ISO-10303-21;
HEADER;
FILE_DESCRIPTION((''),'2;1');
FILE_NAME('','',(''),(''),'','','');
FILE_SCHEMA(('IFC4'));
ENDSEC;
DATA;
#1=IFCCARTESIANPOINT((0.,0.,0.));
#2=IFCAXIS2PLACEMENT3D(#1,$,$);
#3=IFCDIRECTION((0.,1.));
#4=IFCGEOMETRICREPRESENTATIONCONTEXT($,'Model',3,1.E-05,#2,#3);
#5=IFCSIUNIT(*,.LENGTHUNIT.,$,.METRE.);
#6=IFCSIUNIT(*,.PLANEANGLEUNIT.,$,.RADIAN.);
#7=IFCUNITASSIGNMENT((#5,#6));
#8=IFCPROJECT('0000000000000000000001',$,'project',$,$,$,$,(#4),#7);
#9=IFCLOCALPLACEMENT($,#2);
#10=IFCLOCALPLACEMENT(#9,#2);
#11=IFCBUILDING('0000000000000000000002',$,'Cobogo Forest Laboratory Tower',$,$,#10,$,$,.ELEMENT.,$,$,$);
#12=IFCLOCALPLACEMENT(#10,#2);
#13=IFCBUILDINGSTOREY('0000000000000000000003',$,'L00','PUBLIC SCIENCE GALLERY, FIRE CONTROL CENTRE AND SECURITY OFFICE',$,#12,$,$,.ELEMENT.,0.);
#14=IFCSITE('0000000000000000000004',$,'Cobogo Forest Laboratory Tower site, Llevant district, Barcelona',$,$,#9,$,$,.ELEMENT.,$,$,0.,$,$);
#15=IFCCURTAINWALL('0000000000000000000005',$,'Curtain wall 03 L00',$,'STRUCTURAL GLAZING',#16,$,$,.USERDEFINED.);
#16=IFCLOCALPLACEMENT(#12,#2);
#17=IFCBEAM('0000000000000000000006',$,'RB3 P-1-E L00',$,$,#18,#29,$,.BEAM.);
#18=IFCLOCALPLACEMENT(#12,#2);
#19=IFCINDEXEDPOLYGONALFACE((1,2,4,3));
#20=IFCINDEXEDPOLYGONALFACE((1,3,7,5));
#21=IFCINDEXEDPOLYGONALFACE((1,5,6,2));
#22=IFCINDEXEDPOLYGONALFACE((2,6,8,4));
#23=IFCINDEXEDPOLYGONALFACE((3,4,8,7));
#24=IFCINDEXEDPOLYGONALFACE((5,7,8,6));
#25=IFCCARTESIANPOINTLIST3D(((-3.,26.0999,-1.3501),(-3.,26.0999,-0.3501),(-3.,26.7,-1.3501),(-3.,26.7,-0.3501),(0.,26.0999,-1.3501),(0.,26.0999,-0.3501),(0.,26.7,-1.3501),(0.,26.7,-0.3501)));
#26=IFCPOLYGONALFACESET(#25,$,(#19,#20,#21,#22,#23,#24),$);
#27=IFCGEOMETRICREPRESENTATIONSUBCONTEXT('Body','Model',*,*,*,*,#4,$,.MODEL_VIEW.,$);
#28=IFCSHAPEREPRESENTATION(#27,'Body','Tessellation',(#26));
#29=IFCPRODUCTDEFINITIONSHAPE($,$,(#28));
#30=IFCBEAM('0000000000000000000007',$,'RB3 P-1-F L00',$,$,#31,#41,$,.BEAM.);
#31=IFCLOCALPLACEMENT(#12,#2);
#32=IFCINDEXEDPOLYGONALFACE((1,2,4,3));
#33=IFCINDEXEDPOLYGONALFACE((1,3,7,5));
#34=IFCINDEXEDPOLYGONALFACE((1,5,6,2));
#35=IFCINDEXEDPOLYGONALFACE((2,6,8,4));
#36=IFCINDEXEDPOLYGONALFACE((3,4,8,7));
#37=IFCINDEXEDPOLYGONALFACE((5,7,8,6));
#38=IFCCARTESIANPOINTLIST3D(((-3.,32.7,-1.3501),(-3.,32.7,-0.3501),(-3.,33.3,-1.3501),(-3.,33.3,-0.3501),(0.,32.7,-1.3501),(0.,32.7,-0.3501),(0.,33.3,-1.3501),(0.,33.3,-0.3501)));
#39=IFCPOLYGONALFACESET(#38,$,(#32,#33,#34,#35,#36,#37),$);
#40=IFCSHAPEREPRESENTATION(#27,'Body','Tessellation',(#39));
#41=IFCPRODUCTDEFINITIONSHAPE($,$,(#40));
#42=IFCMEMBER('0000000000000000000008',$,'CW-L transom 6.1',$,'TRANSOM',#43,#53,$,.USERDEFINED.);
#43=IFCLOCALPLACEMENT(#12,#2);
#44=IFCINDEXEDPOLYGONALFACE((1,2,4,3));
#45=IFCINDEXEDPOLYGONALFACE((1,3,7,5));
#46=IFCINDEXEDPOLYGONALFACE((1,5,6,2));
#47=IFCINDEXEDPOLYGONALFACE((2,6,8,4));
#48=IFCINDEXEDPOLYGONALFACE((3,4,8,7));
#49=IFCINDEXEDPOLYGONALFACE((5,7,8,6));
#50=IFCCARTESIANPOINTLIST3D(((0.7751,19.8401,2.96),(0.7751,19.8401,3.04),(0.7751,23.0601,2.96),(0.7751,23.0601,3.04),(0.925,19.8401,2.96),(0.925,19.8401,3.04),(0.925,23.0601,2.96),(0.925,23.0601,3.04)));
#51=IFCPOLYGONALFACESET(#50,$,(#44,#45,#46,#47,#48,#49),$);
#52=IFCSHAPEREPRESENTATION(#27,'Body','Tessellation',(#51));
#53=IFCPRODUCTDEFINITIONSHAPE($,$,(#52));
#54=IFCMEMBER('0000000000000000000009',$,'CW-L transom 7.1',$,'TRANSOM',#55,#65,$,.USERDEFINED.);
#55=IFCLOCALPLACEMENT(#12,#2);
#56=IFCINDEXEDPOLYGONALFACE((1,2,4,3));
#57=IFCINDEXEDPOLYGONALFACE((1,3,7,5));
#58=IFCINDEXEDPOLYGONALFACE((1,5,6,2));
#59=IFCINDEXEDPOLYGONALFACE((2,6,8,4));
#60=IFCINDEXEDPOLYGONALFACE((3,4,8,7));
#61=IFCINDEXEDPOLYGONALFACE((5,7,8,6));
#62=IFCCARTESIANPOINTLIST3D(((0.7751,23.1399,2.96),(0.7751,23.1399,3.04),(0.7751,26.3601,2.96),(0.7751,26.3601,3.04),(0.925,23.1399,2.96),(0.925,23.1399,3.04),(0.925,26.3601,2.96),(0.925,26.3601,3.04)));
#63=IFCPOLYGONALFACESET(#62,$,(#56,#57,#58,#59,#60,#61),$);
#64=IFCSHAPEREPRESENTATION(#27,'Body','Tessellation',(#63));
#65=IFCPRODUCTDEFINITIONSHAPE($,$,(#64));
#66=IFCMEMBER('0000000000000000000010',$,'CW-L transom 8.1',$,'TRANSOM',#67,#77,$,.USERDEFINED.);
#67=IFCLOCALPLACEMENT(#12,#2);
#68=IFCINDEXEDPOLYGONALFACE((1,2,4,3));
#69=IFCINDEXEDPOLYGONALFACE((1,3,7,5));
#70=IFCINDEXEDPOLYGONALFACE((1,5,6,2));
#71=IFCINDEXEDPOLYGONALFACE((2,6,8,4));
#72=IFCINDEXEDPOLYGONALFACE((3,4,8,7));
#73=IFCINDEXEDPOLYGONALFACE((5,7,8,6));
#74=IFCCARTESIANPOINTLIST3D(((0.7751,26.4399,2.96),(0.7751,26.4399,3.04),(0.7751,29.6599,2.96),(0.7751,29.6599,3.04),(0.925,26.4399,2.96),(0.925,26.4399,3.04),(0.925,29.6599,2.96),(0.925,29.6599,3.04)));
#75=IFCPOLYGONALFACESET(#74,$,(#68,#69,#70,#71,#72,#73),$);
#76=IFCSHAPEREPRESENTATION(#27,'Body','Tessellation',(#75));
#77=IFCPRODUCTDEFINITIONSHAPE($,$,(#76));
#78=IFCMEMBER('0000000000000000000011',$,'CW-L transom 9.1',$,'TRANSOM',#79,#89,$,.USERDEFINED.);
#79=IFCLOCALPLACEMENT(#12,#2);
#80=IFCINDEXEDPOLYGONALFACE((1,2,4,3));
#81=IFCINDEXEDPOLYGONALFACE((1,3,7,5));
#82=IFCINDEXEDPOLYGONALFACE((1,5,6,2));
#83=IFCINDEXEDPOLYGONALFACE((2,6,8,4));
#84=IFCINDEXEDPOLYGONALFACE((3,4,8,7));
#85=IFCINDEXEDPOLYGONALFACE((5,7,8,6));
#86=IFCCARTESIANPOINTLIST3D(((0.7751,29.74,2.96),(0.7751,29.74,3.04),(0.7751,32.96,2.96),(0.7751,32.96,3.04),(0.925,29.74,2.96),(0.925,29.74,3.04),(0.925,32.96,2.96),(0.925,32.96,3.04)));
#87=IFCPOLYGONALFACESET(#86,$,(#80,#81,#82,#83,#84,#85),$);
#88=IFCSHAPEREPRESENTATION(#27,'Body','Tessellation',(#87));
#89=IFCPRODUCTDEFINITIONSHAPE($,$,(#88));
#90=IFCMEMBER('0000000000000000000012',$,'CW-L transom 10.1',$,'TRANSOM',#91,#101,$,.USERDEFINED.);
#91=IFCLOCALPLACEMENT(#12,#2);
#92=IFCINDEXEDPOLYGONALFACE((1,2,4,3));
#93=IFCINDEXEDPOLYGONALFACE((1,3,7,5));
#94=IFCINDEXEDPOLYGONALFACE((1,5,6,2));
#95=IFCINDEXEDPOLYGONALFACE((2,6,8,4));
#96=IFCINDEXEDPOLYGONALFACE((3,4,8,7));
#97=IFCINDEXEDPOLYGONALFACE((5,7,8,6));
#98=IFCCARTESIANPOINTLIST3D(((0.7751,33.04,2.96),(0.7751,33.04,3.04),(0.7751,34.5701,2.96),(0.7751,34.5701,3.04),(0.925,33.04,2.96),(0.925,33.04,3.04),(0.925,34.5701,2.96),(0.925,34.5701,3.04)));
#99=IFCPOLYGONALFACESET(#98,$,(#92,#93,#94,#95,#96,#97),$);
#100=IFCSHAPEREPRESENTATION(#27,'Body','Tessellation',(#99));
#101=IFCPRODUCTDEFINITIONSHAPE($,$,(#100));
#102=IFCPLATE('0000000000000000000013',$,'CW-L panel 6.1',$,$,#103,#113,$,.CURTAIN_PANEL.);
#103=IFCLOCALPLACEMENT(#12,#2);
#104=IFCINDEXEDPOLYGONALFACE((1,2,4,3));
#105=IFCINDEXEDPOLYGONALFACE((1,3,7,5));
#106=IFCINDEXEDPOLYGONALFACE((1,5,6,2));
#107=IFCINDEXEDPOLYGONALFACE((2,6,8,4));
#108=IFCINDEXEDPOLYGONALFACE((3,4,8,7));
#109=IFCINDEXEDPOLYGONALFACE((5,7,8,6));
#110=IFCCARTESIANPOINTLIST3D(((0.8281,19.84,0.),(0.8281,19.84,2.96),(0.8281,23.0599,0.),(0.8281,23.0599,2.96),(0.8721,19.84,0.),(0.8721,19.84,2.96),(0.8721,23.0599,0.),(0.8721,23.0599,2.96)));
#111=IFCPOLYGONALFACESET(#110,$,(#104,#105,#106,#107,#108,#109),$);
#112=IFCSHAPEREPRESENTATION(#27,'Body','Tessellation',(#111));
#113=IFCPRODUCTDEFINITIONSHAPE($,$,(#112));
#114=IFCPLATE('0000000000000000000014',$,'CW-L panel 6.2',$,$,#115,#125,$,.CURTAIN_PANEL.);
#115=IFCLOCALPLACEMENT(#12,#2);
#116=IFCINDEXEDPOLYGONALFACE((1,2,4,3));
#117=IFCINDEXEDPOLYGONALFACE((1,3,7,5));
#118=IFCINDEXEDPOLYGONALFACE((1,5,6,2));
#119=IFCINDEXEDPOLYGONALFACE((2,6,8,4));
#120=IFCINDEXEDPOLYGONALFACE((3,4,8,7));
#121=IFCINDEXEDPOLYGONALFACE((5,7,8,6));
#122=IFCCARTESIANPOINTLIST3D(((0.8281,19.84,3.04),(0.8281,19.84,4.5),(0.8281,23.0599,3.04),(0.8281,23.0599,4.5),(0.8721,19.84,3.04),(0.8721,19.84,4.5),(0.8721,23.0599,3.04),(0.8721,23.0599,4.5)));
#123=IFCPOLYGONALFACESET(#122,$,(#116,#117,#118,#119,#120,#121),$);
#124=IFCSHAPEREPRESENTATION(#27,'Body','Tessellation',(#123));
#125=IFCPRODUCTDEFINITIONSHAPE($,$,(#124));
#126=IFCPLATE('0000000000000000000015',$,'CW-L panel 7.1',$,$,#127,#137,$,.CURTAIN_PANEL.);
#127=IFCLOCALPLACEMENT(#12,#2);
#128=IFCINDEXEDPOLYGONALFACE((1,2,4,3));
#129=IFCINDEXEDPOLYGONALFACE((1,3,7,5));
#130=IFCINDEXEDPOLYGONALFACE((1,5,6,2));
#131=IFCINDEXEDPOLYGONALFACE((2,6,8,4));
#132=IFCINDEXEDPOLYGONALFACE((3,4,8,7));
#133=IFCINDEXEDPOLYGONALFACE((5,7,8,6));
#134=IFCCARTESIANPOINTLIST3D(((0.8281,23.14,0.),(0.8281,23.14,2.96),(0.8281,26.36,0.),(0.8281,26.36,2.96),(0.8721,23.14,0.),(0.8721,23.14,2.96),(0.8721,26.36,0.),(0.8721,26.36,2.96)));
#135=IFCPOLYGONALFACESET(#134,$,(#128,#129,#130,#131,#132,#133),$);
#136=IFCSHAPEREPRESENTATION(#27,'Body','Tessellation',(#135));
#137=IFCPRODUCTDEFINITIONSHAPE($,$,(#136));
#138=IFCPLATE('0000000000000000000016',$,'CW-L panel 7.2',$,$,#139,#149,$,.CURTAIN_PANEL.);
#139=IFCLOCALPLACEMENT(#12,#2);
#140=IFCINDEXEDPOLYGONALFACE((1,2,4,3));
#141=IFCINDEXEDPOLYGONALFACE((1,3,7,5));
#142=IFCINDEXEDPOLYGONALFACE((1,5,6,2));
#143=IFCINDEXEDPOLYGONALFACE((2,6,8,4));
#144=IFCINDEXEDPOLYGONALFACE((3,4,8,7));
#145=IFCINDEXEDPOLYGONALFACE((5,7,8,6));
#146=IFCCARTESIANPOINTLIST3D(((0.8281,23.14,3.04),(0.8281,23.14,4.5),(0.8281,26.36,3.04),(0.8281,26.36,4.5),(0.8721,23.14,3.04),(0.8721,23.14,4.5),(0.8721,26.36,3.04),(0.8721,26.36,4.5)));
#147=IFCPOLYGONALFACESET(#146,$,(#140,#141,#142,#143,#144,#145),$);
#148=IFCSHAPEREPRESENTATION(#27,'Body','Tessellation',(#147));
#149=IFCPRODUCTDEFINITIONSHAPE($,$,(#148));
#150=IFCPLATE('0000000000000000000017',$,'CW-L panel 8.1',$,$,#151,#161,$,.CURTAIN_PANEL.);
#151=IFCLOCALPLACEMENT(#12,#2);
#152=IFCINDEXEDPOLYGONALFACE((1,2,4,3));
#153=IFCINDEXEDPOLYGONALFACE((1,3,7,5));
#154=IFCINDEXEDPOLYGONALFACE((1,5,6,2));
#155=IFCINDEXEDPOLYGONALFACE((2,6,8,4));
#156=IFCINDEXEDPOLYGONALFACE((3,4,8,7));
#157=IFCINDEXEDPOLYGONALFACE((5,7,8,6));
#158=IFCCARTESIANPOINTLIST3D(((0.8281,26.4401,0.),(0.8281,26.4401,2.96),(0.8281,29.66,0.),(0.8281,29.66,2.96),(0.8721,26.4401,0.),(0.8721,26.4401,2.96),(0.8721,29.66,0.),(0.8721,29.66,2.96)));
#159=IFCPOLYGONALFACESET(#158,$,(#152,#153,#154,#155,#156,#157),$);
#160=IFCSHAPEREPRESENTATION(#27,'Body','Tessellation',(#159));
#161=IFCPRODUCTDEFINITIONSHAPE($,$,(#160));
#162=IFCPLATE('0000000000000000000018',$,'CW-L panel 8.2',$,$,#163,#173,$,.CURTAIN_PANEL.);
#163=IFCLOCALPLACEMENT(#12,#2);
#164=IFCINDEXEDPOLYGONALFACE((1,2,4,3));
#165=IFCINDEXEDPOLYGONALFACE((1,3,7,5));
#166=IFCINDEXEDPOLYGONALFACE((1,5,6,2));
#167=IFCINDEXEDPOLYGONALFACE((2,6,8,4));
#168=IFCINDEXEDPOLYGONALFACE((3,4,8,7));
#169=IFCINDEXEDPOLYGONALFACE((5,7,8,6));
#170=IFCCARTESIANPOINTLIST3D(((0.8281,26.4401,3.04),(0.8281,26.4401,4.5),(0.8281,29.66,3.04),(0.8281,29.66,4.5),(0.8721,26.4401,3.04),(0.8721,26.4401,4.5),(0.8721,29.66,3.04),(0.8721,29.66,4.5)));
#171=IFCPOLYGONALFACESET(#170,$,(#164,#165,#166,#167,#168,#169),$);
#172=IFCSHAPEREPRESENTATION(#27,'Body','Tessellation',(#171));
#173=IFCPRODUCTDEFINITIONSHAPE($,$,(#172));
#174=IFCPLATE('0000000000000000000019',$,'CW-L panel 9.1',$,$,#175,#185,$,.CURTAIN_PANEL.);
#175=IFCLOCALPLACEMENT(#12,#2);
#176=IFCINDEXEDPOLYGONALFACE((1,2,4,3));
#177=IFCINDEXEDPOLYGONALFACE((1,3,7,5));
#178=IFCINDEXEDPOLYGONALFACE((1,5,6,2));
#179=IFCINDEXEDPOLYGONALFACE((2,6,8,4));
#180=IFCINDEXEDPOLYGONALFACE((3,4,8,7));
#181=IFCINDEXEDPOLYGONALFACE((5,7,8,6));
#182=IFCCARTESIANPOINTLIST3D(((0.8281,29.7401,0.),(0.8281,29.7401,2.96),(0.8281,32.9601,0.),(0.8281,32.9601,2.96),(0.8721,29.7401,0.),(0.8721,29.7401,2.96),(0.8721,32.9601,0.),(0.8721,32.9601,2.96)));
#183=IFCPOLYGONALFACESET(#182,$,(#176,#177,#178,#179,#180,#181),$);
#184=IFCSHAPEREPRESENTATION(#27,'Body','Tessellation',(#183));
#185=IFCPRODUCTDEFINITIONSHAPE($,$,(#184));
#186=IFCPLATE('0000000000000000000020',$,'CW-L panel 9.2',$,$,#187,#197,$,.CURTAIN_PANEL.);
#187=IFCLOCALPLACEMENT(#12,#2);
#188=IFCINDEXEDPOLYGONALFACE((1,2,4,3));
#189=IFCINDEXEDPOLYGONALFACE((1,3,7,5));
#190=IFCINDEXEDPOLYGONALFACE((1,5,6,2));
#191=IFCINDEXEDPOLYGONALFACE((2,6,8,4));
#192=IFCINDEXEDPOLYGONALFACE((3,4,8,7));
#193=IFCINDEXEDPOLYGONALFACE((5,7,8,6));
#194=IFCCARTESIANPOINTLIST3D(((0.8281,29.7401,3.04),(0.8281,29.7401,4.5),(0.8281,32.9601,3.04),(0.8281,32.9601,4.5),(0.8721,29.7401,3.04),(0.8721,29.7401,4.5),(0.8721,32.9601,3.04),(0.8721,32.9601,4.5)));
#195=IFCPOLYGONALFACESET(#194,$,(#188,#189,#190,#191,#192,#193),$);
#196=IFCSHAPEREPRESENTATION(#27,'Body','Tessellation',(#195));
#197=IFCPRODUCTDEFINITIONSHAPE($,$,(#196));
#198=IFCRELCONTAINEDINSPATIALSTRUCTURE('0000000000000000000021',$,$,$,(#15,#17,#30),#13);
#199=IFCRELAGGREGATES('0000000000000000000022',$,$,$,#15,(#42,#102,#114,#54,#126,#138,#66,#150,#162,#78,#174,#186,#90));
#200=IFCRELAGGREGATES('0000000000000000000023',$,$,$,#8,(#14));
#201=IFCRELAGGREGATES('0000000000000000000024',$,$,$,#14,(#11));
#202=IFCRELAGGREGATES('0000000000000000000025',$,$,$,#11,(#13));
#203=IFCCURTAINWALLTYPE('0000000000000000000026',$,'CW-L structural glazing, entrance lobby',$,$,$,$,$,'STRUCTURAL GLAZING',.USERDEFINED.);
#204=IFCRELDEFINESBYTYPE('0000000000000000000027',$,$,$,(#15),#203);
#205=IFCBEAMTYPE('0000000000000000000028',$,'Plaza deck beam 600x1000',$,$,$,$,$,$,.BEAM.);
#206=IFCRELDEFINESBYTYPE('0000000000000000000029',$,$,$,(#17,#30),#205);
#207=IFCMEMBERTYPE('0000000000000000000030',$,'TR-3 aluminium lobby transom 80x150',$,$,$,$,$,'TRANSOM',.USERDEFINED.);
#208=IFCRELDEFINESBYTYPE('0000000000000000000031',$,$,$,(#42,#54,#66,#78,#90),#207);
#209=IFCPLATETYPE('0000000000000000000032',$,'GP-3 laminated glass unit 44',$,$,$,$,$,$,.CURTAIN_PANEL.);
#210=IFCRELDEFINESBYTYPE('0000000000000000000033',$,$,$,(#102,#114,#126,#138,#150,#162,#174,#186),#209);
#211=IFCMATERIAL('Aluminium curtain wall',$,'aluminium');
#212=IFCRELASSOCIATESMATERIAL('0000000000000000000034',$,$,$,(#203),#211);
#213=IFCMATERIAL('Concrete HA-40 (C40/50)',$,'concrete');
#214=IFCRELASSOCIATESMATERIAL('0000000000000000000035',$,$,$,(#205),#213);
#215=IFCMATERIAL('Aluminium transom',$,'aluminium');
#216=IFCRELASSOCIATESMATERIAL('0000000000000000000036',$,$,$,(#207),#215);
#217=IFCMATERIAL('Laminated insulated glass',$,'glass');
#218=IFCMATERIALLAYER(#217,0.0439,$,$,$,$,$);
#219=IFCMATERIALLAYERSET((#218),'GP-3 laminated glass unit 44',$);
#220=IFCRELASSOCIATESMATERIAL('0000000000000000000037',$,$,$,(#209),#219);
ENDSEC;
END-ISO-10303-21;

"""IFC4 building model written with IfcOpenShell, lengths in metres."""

from ifc_helpers import new_model, si_unit, direction, frame, origin, origin_2d, place, context, subcontext, project, spatial, rectangle, extrude, material, layer, layer_set, material_profile, profile_set, type_object, element, aggregate, save


model = new_model("IFC4")

# Units and contexts
model_context = context("Model", 3, precision=1e-05, world=origin(), true_north=direction((0.0, 1.0)))
body_context = subcontext(model_context, "Body", "Model", "MODEL_VIEW")
ifc_project = project(units=[si_unit("LENGTHUNIT", "METRE"), si_unit("PLANEANGLEUNIT", "RADIAN")], contexts=[model_context])

# Site, building, storey
site_placement = place(None, origin())
site = spatial("IfcSite", under=ifc_project, at=site_placement, Name="Cobogo Forest Laboratory Tower site, Llevant district, Barcelona", CompositionType="ELEMENT", RefElevation=0.0)
building_placement = place(site_placement, origin())
building = spatial("IfcBuilding", under=site, at=building_placement, Name="Cobogo Forest Laboratory Tower", CompositionType="ELEMENT")
storey_placement = place(building_placement, origin())
storey = spatial("IfcBuildingStorey", under=building, at=storey_placement, Name="L00", Description="PUBLIC SCIENCE GALLERY, FIRE CONTROL CENTRE AND SECURITY OFFICE", CompositionType="ELEMENT", Elevation=0.0)

# Curtain wall
ifc_material_1 = material(Name="Aluminium curtain wall", Category="aluminium")
curtain_wall_type = type_object("IfcCurtainWallType", Name="CW-L structural glazing, entrance lobby", ElementType="STRUCTURAL GLAZING", PredefinedType="USERDEFINED", material=ifc_material_1)
curtain_wall_placement = place(storey_placement, origin())
curtain_wall = element("IfcCurtainWall", 1, at=curtain_wall_placement, inside=storey, type_object=curtain_wall_type, Name="Curtain wall 03 L00", ObjectType="STRUCTURAL GLAZING", PredefinedType="USERDEFINED")

# Beams
ifc_material_2 = material(Name="Concrete HA-40 (C40/50)", Category="concrete")
ifc_material_profile_1 = material_profile(ifc_material_2, rectangle(XDim=0.6001, YDim=1.0, at=origin_2d()), Name="RC 600x1000")
ifc_profile_set_1 = profile_set([ifc_material_profile_1], Name="Concrete HA-40 (C40/50)")
beam_type_1 = type_object("IfcBeamType", Name="Plaza deck beam 600x1000", PredefinedType="BEAM", material=ifc_profile_set_1)
for number, where, z_axis, x_axis, name in (
    (2, (0.0, 26.3999, -0.8501), (-1.0, 0.0, 0.0), (0.0, -1.0, 0.0), "RB3 P-1-E L00"),
    (3, (0.0, 33.0, -0.8501), (-1.0, 0.0, 0.0), (0.0, -1.0, 0.0), "RB3 P-1-F L00"),
):
    element("IfcBeam", number, at=place(storey_placement, frame(where, z_axis=z_axis, x_axis=x_axis)), inside=storey, type_object=beam_type_1, Name=name, PredefinedType="BEAM", context=body_context, shape_type="SweptSolid", body=[
        extrude(rectangle(XDim=0.6001, YDim=1.0, at=origin_2d()), origin(), (0.0, 0.0, 1.0), 3.0),
    ])

# Members
ifc_material_3 = material(Name="Aluminium transom", Category="aluminium")
ifc_material_profile_2 = material_profile(ifc_material_3, rectangle(XDim=0.1499, YDim=0.0801, at=origin_2d()), Name="AL 80x150")
ifc_profile_set_2 = profile_set([ifc_material_profile_2], Name="Aluminium transom")
member_type_1 = type_object("IfcMemberType", Name="TR-3 aluminium lobby transom 80x150", ElementType="TRANSOM", PredefinedType="USERDEFINED", material=ifc_profile_set_2)
member_1_placement = place(storey_placement, frame((0.8501, 19.8401, 3.0), z_axis=(0.0, 1.0, 0.0), x_axis=(-1.0, 0.0, 0.0)))
member_1 = element("IfcMember", 4, at=member_1_placement, type_object=member_type_1, Name="CW-L transom 6.1", ObjectType="TRANSOM", PredefinedType="USERDEFINED", context=body_context, shape_type="SweptSolid", body=[
    extrude(rectangle(XDim=0.1499, YDim=0.0801, at=origin_2d()), origin(), (0.0, 0.0, 1.0), 3.22),
])
member_2_placement = place(storey_placement, frame((0.8501, 23.1399, 3.0), z_axis=(0.0, 1.0, 0.0), x_axis=(-1.0, 0.0, 0.0)))
member_2 = element("IfcMember", 5, at=member_2_placement, type_object=member_type_1, Name="CW-L transom 7.1", ObjectType="TRANSOM", PredefinedType="USERDEFINED", context=body_context, shape_type="SweptSolid", body=[
    extrude(rectangle(XDim=0.1499, YDim=0.0801, at=origin_2d()), origin(), (0.0, 0.0, 1.0), 3.2202),
])
member_3_placement = place(storey_placement, frame((0.8501, 26.4399, 3.0), z_axis=(0.0, 1.0, 0.0), x_axis=(-1.0, 0.0, 0.0)))
member_3 = element("IfcMember", 6, at=member_3_placement, type_object=member_type_1, Name="CW-L transom 8.1", ObjectType="TRANSOM", PredefinedType="USERDEFINED", context=body_context, shape_type="SweptSolid", body=[
    extrude(rectangle(XDim=0.1499, YDim=0.0801, at=origin_2d()), origin(), (0.0, 0.0, 1.0), 3.22),
])
member_4_placement = place(storey_placement, frame((0.8501, 29.74, 3.0), z_axis=(0.0, 1.0, 0.0), x_axis=(-1.0, 0.0, 0.0)))
member_4 = element("IfcMember", 7, at=member_4_placement, type_object=member_type_1, Name="CW-L transom 9.1", ObjectType="TRANSOM", PredefinedType="USERDEFINED", context=body_context, shape_type="SweptSolid", body=[
    extrude(rectangle(XDim=0.1499, YDim=0.0801, at=origin_2d()), origin(), (0.0, 0.0, 1.0), 3.22),
])
member_5_placement = place(storey_placement, frame((0.8501, 33.04, 3.0), z_axis=(0.0, 1.0, 0.0), x_axis=(-1.0, 0.0, 0.0)))
member_5 = element("IfcMember", 8, at=member_5_placement, type_object=member_type_1, Name="CW-L transom 10.1", ObjectType="TRANSOM", PredefinedType="USERDEFINED", context=body_context, shape_type="SweptSolid", body=[
    extrude(rectangle(XDim=0.1499, YDim=0.0801, at=origin_2d()), origin(), (0.0, 0.0, 1.0), 1.53),
])

# Plates
ifc_material_4 = material(Name="Laminated insulated glass", Category="glass")
ifc_layer_1 = layer(ifc_material_4, 0.0439)
ifc_layer_set_1 = layer_set([ifc_layer_1], Name="GP-3 laminated glass unit 44")
plate_type = type_object("IfcPlateType", Name="GP-3 laminated glass unit 44", PredefinedType="CURTAIN_PANEL", material=ifc_layer_set_1)
plate_1_placement = place(storey_placement, frame((0.8501, 21.45, 0.0), z_axis=(0.0, 0.0, 1.0), x_axis=(0.0, 1.0, 0.0)))
plate_1 = element("IfcPlate", 9, at=plate_1_placement, type_object=plate_type, Name="CW-L panel 6.1", PredefinedType="CURTAIN_PANEL", context=body_context, shape_type="SweptSolid", body=[
    extrude(rectangle(XDim=3.22, YDim=0.0439, at=origin_2d()), origin(), (0.0, 0.0, 1.0), 2.96),
])
plate_2_placement = place(storey_placement, frame((0.8501, 21.45, 3.04), z_axis=(0.0, 0.0, 1.0), x_axis=(0.0, 1.0, 0.0)))
plate_2 = element("IfcPlate", 10, at=plate_2_placement, type_object=plate_type, Name="CW-L panel 6.2", PredefinedType="CURTAIN_PANEL", context=body_context, shape_type="SweptSolid", body=[
    extrude(rectangle(XDim=3.22, YDim=0.0439, at=origin_2d()), origin(), (0.0, 0.0, 1.0), 1.46),
])
plate_3_placement = place(storey_placement, frame((0.8501, 24.75, 0.0), z_axis=(0.0, 0.0, 1.0), x_axis=(0.0, 1.0, 0.0)))
plate_3 = element("IfcPlate", 11, at=plate_3_placement, type_object=plate_type, Name="CW-L panel 7.1", PredefinedType="CURTAIN_PANEL", context=body_context, shape_type="SweptSolid", body=[
    extrude(rectangle(XDim=3.22, YDim=0.0439, at=origin_2d()), origin(), (0.0, 0.0, 1.0), 2.96),
])
plate_4_placement = place(storey_placement, frame((0.8501, 24.75, 3.04), z_axis=(0.0, 0.0, 1.0), x_axis=(0.0, 1.0, 0.0)))
plate_4 = element("IfcPlate", 12, at=plate_4_placement, type_object=plate_type, Name="CW-L panel 7.2", PredefinedType="CURTAIN_PANEL", context=body_context, shape_type="SweptSolid", body=[
    extrude(rectangle(XDim=3.22, YDim=0.0439, at=origin_2d()), origin(), (0.0, 0.0, 1.0), 1.46),
])
plate_5_placement = place(storey_placement, frame((0.8501, 28.05, 0.0), z_axis=(0.0, 0.0, 1.0), x_axis=(0.0, 1.0, 0.0)))
plate_5 = element("IfcPlate", 13, at=plate_5_placement, type_object=plate_type, Name="CW-L panel 8.1", PredefinedType="CURTAIN_PANEL", context=body_context, shape_type="SweptSolid", body=[
    extrude(rectangle(XDim=3.22, YDim=0.0439, at=origin_2d()), origin(), (0.0, 0.0, 1.0), 2.96),
])
plate_6_placement = place(storey_placement, frame((0.8501, 28.05, 3.04), z_axis=(0.0, 0.0, 1.0), x_axis=(0.0, 1.0, 0.0)))
plate_6 = element("IfcPlate", 14, at=plate_6_placement, type_object=plate_type, Name="CW-L panel 8.2", PredefinedType="CURTAIN_PANEL", context=body_context, shape_type="SweptSolid", body=[
    extrude(rectangle(XDim=3.22, YDim=0.0439, at=origin_2d()), origin(), (0.0, 0.0, 1.0), 1.46),
])
plate_7_placement = place(storey_placement, frame((0.8501, 31.3501, 0.0), z_axis=(0.0, 0.0, 1.0), x_axis=(0.0, 1.0, 0.0)))
plate_7 = element("IfcPlate", 15, at=plate_7_placement, type_object=plate_type, Name="CW-L panel 9.1", PredefinedType="CURTAIN_PANEL", context=body_context, shape_type="SweptSolid", body=[
    extrude(rectangle(XDim=3.22, YDim=0.0439, at=origin_2d()), origin(), (0.0, 0.0, 1.0), 2.96),
])
plate_8_placement = place(storey_placement, frame((0.8501, 31.3501, 3.04), z_axis=(0.0, 0.0, 1.0), x_axis=(0.0, 1.0, 0.0)))
plate_8 = element("IfcPlate", 16, at=plate_8_placement, type_object=plate_type, Name="CW-L panel 9.2", PredefinedType="CURTAIN_PANEL", context=body_context, shape_type="SweptSolid", body=[
    extrude(rectangle(XDim=3.22, YDim=0.0439, at=origin_2d()), origin(), (0.0, 0.0, 1.0), 1.46),
])
aggregate(curtain_wall, [member_1, plate_1, plate_2, member_2, plate_3, plate_4, member_3, plate_5, plate_6, member_4, plate_7, plate_8, member_5])

save(model, "model.ifc")
